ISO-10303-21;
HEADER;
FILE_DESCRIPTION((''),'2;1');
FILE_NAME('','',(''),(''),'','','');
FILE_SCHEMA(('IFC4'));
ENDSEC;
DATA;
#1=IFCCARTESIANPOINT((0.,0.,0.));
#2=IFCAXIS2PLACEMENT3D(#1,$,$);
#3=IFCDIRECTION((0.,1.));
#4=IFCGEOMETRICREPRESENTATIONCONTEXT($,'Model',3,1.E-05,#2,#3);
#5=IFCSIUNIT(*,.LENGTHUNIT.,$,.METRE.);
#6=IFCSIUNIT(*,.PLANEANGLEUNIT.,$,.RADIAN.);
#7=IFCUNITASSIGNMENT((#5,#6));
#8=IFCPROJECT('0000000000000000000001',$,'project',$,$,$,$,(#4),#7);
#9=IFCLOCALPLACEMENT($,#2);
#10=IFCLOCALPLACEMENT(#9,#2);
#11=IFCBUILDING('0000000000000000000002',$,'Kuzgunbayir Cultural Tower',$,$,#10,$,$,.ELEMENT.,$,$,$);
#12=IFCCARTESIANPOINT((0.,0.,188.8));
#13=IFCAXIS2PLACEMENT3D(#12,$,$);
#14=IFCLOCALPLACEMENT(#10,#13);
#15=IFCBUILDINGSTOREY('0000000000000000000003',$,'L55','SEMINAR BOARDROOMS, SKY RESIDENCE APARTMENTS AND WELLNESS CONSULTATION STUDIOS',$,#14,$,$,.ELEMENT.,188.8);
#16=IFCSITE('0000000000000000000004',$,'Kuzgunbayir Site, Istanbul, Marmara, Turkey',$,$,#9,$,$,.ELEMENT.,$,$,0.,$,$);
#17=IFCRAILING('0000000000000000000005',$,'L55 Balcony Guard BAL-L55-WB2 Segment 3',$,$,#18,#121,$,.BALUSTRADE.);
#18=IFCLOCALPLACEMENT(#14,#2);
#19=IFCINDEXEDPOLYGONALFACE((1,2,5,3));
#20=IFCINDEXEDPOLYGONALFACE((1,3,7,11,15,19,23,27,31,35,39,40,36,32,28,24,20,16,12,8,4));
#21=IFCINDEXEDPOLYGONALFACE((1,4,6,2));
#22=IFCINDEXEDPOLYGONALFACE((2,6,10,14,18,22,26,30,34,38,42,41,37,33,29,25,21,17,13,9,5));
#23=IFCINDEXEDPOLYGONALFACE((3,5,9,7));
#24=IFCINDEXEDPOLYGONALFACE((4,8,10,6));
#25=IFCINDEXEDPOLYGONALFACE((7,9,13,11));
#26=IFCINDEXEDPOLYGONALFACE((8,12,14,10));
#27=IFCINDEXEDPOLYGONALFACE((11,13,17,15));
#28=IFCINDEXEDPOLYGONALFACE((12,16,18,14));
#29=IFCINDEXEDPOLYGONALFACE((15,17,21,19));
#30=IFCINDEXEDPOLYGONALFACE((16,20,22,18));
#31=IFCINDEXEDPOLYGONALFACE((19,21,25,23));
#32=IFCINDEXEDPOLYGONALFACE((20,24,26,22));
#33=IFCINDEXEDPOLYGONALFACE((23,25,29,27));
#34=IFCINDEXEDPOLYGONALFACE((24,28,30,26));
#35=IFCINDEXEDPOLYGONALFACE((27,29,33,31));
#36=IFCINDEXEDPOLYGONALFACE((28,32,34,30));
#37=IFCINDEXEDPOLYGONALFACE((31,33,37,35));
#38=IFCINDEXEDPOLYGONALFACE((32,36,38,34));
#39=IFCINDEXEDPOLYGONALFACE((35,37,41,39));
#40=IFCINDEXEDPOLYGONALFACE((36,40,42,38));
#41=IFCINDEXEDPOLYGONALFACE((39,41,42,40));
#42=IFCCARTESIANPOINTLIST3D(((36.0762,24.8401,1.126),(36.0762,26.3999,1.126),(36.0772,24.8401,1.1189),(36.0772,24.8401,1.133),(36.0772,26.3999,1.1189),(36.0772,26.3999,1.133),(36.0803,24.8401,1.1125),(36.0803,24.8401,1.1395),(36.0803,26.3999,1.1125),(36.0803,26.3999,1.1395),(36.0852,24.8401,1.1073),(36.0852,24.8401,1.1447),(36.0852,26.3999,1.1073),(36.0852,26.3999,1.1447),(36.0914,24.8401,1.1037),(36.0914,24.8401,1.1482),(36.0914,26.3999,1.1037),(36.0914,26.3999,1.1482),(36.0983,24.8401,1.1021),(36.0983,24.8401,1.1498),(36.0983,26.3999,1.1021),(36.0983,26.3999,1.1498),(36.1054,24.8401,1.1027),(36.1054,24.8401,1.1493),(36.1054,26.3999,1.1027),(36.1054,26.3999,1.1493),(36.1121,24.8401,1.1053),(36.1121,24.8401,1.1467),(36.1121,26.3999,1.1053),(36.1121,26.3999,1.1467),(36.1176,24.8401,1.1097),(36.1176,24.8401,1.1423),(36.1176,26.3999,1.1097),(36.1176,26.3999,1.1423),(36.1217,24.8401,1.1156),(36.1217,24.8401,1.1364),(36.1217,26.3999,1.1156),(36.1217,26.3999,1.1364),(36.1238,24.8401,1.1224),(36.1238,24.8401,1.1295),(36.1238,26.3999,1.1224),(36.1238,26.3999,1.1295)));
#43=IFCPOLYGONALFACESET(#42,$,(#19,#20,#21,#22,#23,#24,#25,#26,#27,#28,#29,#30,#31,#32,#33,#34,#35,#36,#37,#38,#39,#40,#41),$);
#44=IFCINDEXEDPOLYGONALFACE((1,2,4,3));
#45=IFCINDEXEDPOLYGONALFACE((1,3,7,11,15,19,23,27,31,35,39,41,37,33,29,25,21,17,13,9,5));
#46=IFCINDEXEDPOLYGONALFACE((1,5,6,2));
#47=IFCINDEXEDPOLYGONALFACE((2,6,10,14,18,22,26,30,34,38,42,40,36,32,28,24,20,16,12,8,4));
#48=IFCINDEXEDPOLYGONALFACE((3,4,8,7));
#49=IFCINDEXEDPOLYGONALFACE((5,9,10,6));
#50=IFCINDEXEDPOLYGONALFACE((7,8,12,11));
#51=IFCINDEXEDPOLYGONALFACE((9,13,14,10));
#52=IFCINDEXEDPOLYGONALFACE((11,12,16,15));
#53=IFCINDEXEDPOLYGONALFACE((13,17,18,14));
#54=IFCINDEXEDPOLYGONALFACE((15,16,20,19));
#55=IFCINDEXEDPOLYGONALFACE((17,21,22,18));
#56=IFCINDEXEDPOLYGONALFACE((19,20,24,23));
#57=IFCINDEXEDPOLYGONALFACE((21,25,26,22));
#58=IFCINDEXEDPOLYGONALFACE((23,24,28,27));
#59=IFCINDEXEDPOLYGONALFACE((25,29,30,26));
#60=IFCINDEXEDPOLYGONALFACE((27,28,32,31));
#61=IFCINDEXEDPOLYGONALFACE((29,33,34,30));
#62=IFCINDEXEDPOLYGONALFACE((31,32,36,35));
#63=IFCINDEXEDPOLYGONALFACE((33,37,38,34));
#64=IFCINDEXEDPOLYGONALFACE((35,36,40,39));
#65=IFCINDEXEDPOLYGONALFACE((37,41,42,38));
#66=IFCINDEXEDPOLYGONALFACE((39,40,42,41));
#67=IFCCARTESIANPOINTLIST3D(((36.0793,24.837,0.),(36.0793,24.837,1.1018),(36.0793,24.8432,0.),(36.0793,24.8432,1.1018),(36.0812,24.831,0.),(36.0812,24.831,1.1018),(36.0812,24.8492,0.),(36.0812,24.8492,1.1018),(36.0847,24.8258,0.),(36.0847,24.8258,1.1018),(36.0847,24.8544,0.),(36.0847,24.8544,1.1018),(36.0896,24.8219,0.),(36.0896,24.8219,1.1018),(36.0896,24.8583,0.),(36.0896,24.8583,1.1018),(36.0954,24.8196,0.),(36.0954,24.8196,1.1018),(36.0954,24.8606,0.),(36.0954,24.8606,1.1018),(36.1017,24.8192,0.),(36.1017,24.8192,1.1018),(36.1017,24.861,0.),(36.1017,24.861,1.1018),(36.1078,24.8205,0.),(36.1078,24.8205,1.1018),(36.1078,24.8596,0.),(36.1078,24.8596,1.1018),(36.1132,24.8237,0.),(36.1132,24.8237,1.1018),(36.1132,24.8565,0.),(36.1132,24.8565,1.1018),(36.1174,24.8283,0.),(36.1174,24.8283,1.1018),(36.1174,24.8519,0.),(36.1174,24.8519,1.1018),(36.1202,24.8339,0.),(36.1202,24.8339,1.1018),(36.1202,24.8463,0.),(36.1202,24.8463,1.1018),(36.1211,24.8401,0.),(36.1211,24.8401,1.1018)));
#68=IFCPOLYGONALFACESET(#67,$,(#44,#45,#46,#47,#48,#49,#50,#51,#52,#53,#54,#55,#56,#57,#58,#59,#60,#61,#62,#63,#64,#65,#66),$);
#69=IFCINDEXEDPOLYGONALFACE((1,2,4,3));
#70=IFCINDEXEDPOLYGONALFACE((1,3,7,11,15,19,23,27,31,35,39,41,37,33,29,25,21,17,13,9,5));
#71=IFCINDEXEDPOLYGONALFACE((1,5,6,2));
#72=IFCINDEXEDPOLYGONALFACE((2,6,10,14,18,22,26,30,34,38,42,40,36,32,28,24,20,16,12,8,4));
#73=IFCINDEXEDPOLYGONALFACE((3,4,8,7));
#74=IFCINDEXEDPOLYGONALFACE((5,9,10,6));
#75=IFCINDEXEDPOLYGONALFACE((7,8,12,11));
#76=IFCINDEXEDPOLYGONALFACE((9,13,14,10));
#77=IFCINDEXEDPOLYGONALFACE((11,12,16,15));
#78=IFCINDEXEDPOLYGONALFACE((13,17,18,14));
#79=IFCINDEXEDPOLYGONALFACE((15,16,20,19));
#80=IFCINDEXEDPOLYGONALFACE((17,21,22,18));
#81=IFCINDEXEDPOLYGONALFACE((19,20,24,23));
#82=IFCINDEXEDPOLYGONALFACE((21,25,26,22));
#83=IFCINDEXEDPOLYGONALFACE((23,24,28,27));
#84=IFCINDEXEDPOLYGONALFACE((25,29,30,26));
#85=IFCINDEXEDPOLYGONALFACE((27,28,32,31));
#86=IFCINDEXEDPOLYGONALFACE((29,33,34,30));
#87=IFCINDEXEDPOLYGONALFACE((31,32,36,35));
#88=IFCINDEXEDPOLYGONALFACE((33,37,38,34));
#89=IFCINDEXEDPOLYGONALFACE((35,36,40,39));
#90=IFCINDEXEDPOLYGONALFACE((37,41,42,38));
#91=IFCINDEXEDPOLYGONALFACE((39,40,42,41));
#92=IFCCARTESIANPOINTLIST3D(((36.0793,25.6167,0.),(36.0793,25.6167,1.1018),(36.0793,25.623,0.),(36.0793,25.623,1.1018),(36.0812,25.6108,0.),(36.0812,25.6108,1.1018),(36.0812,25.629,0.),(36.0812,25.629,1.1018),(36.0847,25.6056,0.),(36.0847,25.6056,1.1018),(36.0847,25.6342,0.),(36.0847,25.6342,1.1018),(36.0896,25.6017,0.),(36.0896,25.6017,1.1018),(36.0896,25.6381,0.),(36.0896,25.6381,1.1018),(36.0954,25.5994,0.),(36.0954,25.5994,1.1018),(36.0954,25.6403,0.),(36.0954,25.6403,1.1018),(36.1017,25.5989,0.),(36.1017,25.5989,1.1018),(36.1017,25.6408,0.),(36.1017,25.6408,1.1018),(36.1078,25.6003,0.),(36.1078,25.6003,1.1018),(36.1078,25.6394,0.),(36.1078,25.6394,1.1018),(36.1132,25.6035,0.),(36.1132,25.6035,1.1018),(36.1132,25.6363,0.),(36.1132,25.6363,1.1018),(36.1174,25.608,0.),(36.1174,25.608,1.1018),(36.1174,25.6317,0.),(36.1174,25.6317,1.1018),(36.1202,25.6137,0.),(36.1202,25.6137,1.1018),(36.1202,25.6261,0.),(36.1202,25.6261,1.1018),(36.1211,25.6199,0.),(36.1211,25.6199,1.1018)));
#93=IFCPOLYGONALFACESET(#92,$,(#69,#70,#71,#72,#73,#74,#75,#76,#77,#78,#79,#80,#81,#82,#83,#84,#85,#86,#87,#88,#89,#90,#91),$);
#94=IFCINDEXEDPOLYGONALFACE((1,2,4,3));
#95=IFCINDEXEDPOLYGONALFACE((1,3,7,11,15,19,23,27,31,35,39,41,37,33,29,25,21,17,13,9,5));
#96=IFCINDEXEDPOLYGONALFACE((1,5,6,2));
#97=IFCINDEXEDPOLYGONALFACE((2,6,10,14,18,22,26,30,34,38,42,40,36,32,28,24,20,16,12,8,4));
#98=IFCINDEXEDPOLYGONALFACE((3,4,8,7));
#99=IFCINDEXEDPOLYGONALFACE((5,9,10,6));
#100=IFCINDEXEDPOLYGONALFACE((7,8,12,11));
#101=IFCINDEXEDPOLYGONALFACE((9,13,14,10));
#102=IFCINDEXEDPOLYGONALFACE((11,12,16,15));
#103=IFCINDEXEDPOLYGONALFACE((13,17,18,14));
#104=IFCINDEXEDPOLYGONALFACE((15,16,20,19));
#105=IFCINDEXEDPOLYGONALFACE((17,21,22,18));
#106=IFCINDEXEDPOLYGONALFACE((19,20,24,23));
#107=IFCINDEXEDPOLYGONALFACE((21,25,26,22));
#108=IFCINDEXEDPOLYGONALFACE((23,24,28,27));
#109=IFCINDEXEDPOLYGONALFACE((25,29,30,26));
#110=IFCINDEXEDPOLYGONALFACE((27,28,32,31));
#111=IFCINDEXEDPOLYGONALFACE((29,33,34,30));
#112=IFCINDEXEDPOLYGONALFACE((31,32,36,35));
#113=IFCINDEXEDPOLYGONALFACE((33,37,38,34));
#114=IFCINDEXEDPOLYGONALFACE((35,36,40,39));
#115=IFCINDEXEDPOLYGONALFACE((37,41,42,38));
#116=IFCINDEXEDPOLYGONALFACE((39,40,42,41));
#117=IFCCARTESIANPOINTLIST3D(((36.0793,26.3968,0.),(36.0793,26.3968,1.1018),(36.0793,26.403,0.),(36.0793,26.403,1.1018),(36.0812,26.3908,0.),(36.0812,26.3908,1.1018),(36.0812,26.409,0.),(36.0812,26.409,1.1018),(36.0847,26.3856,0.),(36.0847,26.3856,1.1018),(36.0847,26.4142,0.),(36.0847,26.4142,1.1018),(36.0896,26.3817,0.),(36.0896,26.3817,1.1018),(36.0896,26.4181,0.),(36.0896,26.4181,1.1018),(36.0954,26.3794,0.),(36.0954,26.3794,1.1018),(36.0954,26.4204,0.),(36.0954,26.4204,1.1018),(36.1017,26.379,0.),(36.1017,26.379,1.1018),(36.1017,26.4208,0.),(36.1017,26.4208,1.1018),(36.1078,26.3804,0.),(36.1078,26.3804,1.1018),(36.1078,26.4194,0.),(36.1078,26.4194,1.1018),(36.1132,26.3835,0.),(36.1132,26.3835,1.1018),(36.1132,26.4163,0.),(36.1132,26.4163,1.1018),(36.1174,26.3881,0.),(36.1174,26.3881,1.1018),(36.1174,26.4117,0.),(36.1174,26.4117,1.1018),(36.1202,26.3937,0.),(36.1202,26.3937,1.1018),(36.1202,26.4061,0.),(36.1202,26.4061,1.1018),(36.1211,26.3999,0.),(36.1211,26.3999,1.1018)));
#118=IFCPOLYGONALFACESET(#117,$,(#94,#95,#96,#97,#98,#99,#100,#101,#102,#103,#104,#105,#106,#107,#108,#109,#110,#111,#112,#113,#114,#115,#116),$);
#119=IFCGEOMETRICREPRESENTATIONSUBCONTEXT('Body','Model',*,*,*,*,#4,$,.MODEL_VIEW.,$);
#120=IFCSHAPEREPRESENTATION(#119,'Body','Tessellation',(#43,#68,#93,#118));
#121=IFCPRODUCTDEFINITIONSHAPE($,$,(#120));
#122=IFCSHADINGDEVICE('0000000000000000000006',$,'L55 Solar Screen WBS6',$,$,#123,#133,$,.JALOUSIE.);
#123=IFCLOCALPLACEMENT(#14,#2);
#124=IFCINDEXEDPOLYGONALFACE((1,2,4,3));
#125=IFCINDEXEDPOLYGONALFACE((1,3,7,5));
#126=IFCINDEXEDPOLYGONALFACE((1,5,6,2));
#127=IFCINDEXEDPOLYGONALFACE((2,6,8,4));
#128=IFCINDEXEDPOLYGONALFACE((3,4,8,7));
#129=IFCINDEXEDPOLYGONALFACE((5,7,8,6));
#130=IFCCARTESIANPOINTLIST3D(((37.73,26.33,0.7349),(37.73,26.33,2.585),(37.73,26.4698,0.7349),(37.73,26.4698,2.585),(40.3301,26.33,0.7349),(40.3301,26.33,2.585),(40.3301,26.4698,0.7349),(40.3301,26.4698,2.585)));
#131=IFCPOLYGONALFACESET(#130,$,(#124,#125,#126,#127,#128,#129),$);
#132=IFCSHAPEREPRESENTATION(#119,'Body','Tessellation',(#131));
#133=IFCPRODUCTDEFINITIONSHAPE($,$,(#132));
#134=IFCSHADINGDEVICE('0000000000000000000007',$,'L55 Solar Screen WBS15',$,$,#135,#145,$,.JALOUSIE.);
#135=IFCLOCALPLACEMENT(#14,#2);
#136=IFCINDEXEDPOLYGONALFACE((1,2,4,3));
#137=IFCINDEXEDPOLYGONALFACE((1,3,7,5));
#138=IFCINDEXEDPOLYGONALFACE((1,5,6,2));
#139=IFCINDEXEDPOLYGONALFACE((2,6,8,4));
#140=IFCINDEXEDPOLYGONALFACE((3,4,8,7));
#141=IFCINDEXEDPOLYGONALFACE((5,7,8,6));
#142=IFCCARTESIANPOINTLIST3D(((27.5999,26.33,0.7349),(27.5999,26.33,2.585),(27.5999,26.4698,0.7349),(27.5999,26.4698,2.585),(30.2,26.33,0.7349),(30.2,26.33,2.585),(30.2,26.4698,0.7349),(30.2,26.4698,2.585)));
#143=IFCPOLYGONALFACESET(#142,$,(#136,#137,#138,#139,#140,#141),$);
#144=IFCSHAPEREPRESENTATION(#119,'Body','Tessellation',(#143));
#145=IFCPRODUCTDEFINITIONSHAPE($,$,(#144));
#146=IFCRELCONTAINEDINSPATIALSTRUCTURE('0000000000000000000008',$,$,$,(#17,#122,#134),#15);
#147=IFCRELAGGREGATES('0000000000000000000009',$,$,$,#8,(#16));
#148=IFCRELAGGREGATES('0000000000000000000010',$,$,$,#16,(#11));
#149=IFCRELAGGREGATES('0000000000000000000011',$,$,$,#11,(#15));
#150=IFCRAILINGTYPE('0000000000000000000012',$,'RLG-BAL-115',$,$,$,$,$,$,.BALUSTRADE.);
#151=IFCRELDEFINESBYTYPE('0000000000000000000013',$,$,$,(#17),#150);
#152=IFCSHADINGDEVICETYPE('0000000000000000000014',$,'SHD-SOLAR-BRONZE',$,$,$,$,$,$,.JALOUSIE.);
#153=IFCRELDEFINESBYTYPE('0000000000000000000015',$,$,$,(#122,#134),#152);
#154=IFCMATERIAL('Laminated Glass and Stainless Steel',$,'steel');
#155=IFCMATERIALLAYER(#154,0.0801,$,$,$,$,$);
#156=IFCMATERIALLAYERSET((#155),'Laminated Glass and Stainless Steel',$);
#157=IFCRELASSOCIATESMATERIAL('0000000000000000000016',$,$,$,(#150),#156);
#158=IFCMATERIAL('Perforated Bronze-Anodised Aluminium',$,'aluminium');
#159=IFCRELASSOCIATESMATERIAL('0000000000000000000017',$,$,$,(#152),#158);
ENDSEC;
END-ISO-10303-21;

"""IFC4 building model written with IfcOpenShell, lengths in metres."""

from ifc_helpers import new_model, si_unit, direction, frame, origin, origin_2d, place, context, subcontext, project, spatial, rectangle, circle, extrude, material, layer, layer_set, type_object, element, save


model = new_model("IFC4")

# Units and contexts
model_context = context("Model", 3, precision=1e-05, world=origin(), true_north=direction((0.0, 1.0)))
body_context = subcontext(model_context, "Body", "Model", "MODEL_VIEW")
ifc_project = project(units=[si_unit("LENGTHUNIT", "METRE"), si_unit("PLANEANGLEUNIT", "RADIAN")], contexts=[model_context])

# Site, building, storey
site_placement = place(None, origin())
site = spatial("IfcSite", under=ifc_project, at=site_placement, Name="Kuzgunbayir Site, Istanbul, Marmara, Turkey", CompositionType="ELEMENT", RefElevation=0.0)
building_placement = place(site_placement, origin())
building = spatial("IfcBuilding", under=site, at=building_placement, Name="Kuzgunbayir Cultural Tower", CompositionType="ELEMENT")
storey_placement = place(building_placement, frame((0.0, 0.0, 188.8)))
storey = spatial("IfcBuildingStorey", under=building, at=storey_placement, Name="L55", Description="SEMINAR BOARDROOMS, SKY RESIDENCE APARTMENTS AND WELLNESS CONSULTATION STUDIOS", CompositionType="ELEMENT", Elevation=188.8)

# Railing
ifc_material_1 = material(Name="Laminated Glass and Stainless Steel", Category="steel")
ifc_layer_1 = layer(ifc_material_1, 0.0801)
ifc_layer_set_1 = layer_set([ifc_layer_1], Name="Laminated Glass and Stainless Steel")
railing_type = type_object("IfcRailingType", Name="RLG-BAL-115", PredefinedType="BALUSTRADE", material=ifc_layer_set_1)
railing_1_placement = place(storey_placement, frame((36.1001, 24.8401, 0.0)))
element("IfcRailing", 1, at=railing_1_placement, inside=storey, type_object=railing_type, Name="L55 Balcony Guard BAL-L55-WB2 Segment 3", PredefinedType="BALUSTRADE", context=body_context, shape_type="SweptSolid", body=[
    extrude(circle(Radius=0.0239, at=origin_2d()), frame((0.0, 0.0, 1.126), z_axis=(0.0, 1.0, 0.0), x_axis=(-1.0, 0.0, 0.0)), (0.0, 0.0, 1.0), 1.5598),
    extrude(circle(Radius=0.021, at=origin_2d()), origin(), (0.0, 0.0, 1.0), 1.1018),
    extrude(circle(Radius=0.021, at=origin_2d()), frame((0.0, 0.7798, 0.0)), (0.0, 0.0, 1.0), 1.1018),
    extrude(circle(Radius=0.021, at=origin_2d()), frame((0.0, 1.5598, 0.0)), (0.0, 0.0, 1.0), 1.1018),
])

# Shading devices
ifc_material_2 = material(Name="Perforated Bronze-Anodised Aluminium", Category="aluminium")
shading_device_type = type_object("IfcShadingDeviceType", Name="SHD-SOLAR-BRONZE", PredefinedType="JALOUSIE", material=ifc_material_2)
for number, where, z_axis, x_axis, name in (
    (2, (39.03, 26.3999, 0.7349), (0.0, 0.0, 1.0), (1.0, 0.0, 0.0), "L55 Solar Screen WBS6"),
    (3, (28.8999, 26.3999, 0.7349), (0.0, 0.0, 1.0), (1.0, 0.0, 0.0), "L55 Solar Screen WBS15"),
):
    element("IfcShadingDevice", number, at=place(storey_placement, frame(where, z_axis=z_axis, x_axis=x_axis)), inside=storey, type_object=shading_device_type, Name=name, PredefinedType="JALOUSIE", context=body_context, shape_type="SweptSolid", body=[
        extrude(rectangle(XDim=2.6001, YDim=0.1399, at=origin_2d()), origin(), (0.0, 0.0, 1.0), 1.8501),
    ])

save(model, "model.ifc")
